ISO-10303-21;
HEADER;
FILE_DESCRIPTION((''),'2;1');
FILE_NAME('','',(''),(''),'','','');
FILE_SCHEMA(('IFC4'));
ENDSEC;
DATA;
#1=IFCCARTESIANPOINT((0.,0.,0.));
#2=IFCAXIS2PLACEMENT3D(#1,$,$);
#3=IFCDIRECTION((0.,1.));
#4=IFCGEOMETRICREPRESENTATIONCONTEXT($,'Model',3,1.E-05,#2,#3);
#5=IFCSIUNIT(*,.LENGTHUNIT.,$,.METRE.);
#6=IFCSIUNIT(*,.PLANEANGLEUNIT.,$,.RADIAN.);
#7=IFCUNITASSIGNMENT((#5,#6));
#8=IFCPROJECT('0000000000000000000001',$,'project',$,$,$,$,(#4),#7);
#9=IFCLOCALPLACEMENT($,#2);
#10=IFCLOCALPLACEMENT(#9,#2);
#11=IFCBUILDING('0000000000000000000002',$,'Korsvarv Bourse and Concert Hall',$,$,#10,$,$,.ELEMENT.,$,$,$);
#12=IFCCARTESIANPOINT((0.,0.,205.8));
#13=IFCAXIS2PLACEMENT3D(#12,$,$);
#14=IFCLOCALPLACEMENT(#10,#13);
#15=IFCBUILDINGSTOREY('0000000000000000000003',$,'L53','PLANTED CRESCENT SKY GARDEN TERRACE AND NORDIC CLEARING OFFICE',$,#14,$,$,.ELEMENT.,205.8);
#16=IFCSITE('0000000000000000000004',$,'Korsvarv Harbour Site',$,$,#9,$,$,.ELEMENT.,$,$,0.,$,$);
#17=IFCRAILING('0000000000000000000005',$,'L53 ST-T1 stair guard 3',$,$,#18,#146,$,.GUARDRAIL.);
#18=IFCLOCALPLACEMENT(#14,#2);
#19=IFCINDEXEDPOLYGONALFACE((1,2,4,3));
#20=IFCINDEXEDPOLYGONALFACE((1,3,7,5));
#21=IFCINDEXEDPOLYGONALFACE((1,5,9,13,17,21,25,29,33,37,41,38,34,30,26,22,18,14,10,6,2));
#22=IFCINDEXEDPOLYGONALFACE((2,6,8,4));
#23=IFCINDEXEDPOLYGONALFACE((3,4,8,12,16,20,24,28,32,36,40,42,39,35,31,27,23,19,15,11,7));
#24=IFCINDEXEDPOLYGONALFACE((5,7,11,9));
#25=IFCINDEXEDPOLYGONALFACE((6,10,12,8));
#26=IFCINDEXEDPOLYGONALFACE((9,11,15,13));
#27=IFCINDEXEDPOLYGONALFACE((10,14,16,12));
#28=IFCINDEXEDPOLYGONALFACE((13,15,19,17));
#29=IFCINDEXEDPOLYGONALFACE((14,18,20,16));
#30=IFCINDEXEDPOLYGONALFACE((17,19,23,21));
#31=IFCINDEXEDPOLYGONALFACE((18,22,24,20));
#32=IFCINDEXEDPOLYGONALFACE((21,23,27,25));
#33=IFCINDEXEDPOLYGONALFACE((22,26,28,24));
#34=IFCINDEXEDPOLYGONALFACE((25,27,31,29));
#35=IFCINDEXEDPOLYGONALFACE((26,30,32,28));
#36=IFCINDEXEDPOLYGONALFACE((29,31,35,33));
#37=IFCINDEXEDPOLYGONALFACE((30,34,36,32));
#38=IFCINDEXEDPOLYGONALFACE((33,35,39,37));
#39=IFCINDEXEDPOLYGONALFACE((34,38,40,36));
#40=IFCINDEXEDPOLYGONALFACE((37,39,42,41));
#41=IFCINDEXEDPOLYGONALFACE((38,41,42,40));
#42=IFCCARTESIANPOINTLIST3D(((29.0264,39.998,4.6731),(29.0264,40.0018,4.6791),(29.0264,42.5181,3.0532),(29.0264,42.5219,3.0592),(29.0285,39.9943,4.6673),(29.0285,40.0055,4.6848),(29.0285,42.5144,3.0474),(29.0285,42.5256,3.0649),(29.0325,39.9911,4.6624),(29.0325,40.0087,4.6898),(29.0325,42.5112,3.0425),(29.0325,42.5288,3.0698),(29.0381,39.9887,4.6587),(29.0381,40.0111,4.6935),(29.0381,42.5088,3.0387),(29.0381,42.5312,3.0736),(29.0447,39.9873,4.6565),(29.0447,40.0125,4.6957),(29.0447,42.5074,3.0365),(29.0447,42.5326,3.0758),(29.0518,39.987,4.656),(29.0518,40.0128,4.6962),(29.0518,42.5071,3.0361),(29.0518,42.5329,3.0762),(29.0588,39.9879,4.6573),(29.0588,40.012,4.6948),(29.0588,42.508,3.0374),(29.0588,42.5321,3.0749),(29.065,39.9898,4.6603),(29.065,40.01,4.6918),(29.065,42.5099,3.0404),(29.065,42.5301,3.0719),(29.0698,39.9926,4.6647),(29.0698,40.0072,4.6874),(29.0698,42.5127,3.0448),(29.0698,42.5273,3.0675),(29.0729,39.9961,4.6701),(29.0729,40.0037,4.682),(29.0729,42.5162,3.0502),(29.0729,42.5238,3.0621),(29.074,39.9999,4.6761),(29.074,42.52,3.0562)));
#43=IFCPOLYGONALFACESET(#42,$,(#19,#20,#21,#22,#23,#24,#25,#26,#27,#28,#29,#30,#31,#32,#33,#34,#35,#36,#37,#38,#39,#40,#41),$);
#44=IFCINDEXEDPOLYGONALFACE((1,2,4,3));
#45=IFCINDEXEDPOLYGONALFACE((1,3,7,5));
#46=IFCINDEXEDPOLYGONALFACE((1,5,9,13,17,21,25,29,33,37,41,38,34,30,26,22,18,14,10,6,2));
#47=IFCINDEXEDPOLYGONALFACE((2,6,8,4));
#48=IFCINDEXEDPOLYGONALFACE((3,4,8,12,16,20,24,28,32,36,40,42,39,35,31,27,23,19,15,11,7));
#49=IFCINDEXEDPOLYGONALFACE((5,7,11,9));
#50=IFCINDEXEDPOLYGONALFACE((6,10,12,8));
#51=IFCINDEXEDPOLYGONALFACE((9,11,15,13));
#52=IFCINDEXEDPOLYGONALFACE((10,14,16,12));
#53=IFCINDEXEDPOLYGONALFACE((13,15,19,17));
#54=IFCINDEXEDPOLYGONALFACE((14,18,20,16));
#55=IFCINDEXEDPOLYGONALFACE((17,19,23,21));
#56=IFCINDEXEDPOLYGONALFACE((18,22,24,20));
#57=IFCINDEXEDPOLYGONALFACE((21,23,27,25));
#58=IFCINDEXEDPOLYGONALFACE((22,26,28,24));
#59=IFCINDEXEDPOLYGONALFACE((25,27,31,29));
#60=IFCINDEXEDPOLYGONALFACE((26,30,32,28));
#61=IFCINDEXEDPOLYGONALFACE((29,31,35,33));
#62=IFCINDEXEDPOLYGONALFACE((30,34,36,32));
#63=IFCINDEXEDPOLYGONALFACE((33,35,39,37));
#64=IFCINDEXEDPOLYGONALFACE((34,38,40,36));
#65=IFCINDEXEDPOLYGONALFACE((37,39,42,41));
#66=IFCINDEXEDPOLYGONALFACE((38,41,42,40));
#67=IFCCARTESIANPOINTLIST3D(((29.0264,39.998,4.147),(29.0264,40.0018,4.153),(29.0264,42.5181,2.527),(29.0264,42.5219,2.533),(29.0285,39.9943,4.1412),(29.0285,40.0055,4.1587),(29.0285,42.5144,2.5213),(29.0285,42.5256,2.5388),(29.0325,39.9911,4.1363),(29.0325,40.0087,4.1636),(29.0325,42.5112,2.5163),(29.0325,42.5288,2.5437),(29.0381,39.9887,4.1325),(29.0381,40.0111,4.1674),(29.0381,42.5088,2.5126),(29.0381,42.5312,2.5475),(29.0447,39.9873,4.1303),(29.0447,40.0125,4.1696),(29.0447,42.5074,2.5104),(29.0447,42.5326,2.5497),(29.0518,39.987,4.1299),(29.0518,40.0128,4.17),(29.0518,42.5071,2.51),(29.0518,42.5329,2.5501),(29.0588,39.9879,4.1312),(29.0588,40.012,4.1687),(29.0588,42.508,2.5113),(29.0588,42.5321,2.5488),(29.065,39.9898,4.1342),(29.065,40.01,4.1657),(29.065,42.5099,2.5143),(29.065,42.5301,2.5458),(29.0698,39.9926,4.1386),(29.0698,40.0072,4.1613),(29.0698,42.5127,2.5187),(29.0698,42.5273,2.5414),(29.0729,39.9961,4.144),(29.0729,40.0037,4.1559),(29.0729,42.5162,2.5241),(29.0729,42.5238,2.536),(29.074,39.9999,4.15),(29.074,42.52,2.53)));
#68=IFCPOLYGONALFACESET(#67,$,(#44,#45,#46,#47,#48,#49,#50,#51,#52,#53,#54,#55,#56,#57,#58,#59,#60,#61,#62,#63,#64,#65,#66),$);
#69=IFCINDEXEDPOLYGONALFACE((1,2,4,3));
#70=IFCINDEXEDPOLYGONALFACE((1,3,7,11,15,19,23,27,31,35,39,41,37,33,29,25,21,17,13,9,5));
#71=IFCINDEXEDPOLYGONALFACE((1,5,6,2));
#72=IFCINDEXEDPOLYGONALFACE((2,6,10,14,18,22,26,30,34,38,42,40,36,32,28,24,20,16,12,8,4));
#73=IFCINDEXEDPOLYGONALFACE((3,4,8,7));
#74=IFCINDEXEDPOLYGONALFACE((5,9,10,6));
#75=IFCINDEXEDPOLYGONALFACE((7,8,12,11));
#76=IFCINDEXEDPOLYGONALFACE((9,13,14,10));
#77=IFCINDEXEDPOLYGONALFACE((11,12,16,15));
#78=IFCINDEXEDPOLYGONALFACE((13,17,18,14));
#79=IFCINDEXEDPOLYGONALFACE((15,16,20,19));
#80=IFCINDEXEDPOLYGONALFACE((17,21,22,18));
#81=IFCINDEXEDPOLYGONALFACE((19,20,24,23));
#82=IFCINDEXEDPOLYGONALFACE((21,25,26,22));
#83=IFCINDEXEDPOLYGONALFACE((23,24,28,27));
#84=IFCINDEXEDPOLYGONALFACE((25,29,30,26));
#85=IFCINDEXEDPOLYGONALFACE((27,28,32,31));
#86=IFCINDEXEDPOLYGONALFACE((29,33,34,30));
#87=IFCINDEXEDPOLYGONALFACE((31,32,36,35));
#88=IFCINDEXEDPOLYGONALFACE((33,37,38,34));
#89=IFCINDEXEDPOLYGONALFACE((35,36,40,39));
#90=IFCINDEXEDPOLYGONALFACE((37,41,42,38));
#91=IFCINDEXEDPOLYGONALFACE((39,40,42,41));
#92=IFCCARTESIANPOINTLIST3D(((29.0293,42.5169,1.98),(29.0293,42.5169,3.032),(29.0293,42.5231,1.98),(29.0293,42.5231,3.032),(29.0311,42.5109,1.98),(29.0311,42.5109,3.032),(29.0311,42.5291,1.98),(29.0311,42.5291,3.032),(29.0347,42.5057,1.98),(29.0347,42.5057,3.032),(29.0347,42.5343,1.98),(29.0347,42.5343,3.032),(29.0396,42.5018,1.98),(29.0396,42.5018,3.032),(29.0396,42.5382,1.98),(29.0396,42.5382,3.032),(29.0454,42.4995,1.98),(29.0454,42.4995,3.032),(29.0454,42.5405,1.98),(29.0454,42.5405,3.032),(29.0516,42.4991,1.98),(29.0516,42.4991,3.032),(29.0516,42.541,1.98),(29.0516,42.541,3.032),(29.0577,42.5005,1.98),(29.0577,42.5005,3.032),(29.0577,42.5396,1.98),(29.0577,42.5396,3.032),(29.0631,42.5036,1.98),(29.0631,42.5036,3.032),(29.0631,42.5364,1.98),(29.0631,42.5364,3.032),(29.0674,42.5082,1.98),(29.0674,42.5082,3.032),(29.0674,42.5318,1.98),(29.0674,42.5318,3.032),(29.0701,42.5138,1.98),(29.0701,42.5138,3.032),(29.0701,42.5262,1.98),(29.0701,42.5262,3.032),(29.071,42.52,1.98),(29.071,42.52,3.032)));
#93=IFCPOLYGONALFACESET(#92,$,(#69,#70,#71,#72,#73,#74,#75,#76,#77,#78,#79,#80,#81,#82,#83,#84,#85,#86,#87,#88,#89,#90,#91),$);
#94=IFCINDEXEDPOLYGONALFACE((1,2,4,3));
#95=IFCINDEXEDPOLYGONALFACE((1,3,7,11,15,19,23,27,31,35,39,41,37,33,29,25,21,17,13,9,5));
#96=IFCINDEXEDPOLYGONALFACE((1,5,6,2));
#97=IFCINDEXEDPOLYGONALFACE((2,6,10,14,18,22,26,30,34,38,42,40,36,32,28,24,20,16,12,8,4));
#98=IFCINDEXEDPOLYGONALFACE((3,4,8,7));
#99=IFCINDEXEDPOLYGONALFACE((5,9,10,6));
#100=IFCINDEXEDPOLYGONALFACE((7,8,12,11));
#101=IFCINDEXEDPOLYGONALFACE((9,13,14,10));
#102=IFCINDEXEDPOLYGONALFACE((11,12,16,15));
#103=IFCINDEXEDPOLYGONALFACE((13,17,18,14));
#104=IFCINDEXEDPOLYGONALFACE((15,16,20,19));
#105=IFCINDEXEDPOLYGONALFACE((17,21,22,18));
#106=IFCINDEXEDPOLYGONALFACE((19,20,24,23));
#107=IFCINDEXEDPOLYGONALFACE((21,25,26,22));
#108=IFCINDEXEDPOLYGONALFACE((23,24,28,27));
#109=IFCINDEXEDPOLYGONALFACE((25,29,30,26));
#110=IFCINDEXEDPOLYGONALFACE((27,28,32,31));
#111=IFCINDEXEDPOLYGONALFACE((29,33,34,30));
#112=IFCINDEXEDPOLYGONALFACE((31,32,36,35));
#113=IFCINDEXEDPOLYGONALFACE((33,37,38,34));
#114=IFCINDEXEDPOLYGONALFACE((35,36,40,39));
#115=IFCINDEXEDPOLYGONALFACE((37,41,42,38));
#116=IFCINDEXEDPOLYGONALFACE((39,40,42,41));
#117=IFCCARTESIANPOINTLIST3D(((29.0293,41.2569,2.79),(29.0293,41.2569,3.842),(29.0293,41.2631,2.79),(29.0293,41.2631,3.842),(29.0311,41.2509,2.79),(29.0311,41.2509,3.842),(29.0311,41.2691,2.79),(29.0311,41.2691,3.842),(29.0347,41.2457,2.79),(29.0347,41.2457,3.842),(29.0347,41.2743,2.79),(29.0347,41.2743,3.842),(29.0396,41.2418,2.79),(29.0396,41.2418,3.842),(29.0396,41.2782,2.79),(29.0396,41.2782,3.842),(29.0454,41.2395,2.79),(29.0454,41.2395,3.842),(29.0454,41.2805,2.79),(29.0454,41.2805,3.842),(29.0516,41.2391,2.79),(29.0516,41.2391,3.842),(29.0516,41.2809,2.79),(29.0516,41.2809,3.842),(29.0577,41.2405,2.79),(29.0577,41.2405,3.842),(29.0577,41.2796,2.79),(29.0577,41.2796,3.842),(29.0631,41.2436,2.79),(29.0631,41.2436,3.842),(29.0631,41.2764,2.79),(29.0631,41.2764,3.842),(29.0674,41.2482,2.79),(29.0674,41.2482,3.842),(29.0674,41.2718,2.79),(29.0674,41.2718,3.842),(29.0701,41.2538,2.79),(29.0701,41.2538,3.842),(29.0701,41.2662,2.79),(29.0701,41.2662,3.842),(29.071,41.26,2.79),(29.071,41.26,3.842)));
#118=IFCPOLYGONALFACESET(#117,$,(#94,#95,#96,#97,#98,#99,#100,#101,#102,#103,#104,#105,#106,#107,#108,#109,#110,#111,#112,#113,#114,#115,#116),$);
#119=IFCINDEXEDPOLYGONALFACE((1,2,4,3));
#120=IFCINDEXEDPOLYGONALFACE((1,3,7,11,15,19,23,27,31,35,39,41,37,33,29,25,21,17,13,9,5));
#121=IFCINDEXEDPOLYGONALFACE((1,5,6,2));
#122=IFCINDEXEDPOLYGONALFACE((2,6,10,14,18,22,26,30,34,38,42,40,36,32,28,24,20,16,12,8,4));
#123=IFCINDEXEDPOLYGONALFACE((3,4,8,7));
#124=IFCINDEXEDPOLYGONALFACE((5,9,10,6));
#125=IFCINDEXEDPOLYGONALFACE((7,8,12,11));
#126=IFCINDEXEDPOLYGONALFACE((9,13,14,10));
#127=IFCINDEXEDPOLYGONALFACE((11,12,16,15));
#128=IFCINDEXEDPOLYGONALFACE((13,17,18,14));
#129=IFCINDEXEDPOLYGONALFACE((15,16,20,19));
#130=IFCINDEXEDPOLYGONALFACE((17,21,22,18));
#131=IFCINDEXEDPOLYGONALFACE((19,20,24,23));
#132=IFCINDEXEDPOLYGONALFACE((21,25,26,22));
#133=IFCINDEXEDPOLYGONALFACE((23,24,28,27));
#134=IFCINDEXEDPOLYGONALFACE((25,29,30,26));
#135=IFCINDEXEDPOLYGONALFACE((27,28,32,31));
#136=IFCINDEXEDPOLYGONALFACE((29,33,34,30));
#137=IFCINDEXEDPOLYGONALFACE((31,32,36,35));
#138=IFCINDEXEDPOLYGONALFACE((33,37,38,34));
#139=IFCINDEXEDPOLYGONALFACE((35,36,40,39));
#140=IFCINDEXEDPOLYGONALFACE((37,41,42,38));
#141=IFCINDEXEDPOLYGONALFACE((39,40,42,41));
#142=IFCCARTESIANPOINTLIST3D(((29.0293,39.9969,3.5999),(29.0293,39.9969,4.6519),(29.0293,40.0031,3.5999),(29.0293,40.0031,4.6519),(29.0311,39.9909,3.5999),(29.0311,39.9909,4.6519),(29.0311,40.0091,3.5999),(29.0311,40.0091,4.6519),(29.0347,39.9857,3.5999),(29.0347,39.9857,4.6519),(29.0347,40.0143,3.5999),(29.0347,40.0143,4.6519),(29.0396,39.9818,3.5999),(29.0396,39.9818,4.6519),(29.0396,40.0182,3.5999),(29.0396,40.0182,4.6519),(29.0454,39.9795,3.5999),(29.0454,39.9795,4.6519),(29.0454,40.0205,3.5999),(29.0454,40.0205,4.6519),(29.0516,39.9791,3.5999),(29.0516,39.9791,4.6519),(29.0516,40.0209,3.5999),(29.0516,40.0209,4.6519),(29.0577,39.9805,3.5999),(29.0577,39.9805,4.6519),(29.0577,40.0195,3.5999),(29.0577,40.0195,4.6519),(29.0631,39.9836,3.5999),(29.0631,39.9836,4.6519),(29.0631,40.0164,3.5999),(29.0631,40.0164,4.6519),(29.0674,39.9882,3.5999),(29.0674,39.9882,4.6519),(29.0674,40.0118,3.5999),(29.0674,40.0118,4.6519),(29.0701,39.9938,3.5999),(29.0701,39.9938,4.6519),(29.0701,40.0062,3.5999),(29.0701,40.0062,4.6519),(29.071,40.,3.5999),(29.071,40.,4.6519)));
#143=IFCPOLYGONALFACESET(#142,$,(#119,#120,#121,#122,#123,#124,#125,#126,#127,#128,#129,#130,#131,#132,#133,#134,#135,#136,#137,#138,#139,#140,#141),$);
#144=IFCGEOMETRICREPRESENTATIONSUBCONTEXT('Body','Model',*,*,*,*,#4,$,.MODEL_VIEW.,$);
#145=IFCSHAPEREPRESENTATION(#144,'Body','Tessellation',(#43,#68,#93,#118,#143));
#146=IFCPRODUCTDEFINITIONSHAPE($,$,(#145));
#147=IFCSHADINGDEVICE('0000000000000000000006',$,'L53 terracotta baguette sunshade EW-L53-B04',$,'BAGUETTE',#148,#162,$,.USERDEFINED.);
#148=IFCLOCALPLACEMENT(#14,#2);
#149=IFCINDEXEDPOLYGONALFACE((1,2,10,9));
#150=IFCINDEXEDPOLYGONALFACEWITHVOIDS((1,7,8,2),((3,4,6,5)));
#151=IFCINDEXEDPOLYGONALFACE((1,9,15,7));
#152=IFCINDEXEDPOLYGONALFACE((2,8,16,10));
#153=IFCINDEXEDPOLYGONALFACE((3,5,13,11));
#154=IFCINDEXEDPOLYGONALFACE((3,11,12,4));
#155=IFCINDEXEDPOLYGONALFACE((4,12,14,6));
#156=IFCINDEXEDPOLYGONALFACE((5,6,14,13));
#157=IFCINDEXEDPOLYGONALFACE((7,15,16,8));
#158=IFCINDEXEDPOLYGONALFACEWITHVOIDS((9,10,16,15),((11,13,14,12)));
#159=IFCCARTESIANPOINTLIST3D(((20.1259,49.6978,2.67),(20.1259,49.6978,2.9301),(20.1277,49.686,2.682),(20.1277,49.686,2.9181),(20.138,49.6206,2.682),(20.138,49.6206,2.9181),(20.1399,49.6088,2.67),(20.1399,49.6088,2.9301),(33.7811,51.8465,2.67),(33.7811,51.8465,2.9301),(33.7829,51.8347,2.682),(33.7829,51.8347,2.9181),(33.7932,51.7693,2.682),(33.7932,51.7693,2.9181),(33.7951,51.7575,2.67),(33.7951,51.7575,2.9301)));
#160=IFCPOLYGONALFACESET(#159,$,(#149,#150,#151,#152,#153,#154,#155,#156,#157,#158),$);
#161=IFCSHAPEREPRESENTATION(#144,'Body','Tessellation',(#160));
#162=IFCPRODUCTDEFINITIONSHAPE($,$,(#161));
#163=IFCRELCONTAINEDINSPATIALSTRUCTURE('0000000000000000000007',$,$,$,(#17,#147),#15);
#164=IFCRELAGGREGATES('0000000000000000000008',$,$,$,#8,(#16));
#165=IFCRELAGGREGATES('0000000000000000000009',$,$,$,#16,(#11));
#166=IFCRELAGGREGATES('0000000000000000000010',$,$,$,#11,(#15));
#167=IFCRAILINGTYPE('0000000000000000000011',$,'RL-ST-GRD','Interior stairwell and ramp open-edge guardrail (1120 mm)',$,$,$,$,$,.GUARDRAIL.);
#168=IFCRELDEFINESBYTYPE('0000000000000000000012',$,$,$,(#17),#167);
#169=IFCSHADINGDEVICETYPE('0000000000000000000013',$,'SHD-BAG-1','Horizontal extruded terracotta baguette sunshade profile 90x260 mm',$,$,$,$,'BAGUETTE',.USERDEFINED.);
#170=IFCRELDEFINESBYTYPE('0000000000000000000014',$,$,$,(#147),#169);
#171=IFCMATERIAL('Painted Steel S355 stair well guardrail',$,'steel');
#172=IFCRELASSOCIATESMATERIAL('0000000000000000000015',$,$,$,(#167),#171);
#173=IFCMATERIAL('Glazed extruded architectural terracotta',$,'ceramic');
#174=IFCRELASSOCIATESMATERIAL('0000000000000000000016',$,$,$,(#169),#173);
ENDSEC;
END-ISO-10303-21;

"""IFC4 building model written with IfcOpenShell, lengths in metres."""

from ifc_helpers import new_model, si_unit, direction, frame, origin, origin_2d, place, context, subcontext, project, spatial, hollow_rectangle, circle, extrude, source, transform, mapped, material, material_profile, profile_set, type_object, element, save


model = new_model("IFC4")

# Units and contexts
model_context = context("Model", 3, precision=1e-05, world=origin(), true_north=direction((0.0, 1.0)))
body_context = subcontext(model_context, "Body", "Model", "MODEL_VIEW")
ifc_project = project(units=[si_unit("LENGTHUNIT", "METRE"), si_unit("PLANEANGLEUNIT", "RADIAN")], contexts=[model_context])

# Site, building, storey
site_placement = place(None, origin())
site = spatial("IfcSite", under=ifc_project, at=site_placement, Name="Korsvarv Harbour Site", CompositionType="ELEMENT", RefElevation=0.0)
building_placement = place(site_placement, origin())
building = spatial("IfcBuilding", under=site, at=building_placement, Name="Korsvarv Bourse and Concert Hall", CompositionType="ELEMENT")
storey_placement = place(building_placement, frame((0.0, 0.0, 205.8)))
storey = spatial("IfcBuildingStorey", under=building, at=storey_placement, Name="L53", Description="PLANTED CRESCENT SKY GARDEN TERRACE AND NORDIC CLEARING OFFICE", CompositionType="ELEMENT", Elevation=205.8)

# Railing
ifc_material_1 = material(Name="Painted Steel S355 stair well guardrail", Category="steel")
railing_type = type_object("IfcRailingType", Name="RL-ST-GRD", Description="Interior stairwell and ramp open-edge guardrail (1120 mm)", PredefinedType="GUARDRAIL", material=ifc_material_1)
railing_1_placement = place(storey_placement, frame((29.05, 42.52, 1.98)))
element("IfcRailing", 1, at=railing_1_placement, inside=storey, type_object=railing_type, Name="L53 ST-T1 stair guard 3", PredefinedType="GUARDRAIL", context=body_context, shape_type="SweptSolid", body=[
    extrude(circle(Radius=0.0239, at=origin_2d()), frame((0.0, 0.0, 1.0762), z_axis=(0.0, -0.8412, 0.540725), x_axis=(1.0, 0.0, 0.0)), (0.0, 0.0, 1.0), 2.9958),
    extrude(circle(Radius=0.0239, at=origin_2d()), frame((0.0, 0.0, 0.55), z_axis=(0.0, -0.8412, 0.540725), x_axis=(1.0, 0.0, 0.0)), (0.0, 0.0, 1.0), 2.9958),
    extrude(circle(Radius=0.021, at=origin_2d()), origin(), (0.0, 0.0, 1.0), 1.052),
    extrude(circle(Radius=0.021, at=origin_2d()), frame((0.0, -1.26, 0.8101)), (0.0, 0.0, 1.0), 1.052),
    extrude(circle(Radius=0.021, at=origin_2d()), frame((0.0, -2.52, 1.6199)), (0.0, 0.0, 1.0), 1.052),
])

# Shading device
ifc_material_2 = material(Name="Glazed extruded architectural terracotta", Category="ceramic")
ifc_material_profile_1 = material_profile(ifc_material_2, hollow_rectangle(XDim=0.0901, YDim=0.26, WallThickness=0.012, at=origin_2d()), Name="TC-BAG 90x260")
ifc_profile_set_1 = profile_set([ifc_material_profile_1], Name="Glazed extruded architectural terracotta")
shading_device_type = type_object("IfcShadingDeviceType", Name="SHD-BAG-1", Description="Horizontal extruded terracotta baguette sunshade profile 90x260 mm", ElementType="BAGUETTE", PredefinedType="USERDEFINED", material=ifc_profile_set_1)
shared_shape_1 = source(origin(), body_context, "Body", "SweptSolid", [
    extrude(hollow_rectangle(XDim=0.0901, YDim=0.26, WallThickness=0.012, at=origin_2d()), origin(), (0.0, 0.0, 1.0), 13.8232),
])
shading_device_placement = place(storey_placement, frame((33.7881, 51.802, 2.8), z_axis=(-0.987845, -0.155439, 0.0), x_axis=(0.155439, -0.987845, 0.0)))
element("IfcShadingDevice", 2, at=shading_device_placement, inside=storey, type_object=shading_device_type, Name="L53 terracotta baguette sunshade EW-L53-B04", ObjectType="BAGUETTE", PredefinedType="USERDEFINED", context=body_context, shape_type="MappedRepresentation", body=[
    mapped(shared_shape_1, transform((0.0, 0.0, 0.0), scale=1.0)),
])

save(model, "model.ifc")
